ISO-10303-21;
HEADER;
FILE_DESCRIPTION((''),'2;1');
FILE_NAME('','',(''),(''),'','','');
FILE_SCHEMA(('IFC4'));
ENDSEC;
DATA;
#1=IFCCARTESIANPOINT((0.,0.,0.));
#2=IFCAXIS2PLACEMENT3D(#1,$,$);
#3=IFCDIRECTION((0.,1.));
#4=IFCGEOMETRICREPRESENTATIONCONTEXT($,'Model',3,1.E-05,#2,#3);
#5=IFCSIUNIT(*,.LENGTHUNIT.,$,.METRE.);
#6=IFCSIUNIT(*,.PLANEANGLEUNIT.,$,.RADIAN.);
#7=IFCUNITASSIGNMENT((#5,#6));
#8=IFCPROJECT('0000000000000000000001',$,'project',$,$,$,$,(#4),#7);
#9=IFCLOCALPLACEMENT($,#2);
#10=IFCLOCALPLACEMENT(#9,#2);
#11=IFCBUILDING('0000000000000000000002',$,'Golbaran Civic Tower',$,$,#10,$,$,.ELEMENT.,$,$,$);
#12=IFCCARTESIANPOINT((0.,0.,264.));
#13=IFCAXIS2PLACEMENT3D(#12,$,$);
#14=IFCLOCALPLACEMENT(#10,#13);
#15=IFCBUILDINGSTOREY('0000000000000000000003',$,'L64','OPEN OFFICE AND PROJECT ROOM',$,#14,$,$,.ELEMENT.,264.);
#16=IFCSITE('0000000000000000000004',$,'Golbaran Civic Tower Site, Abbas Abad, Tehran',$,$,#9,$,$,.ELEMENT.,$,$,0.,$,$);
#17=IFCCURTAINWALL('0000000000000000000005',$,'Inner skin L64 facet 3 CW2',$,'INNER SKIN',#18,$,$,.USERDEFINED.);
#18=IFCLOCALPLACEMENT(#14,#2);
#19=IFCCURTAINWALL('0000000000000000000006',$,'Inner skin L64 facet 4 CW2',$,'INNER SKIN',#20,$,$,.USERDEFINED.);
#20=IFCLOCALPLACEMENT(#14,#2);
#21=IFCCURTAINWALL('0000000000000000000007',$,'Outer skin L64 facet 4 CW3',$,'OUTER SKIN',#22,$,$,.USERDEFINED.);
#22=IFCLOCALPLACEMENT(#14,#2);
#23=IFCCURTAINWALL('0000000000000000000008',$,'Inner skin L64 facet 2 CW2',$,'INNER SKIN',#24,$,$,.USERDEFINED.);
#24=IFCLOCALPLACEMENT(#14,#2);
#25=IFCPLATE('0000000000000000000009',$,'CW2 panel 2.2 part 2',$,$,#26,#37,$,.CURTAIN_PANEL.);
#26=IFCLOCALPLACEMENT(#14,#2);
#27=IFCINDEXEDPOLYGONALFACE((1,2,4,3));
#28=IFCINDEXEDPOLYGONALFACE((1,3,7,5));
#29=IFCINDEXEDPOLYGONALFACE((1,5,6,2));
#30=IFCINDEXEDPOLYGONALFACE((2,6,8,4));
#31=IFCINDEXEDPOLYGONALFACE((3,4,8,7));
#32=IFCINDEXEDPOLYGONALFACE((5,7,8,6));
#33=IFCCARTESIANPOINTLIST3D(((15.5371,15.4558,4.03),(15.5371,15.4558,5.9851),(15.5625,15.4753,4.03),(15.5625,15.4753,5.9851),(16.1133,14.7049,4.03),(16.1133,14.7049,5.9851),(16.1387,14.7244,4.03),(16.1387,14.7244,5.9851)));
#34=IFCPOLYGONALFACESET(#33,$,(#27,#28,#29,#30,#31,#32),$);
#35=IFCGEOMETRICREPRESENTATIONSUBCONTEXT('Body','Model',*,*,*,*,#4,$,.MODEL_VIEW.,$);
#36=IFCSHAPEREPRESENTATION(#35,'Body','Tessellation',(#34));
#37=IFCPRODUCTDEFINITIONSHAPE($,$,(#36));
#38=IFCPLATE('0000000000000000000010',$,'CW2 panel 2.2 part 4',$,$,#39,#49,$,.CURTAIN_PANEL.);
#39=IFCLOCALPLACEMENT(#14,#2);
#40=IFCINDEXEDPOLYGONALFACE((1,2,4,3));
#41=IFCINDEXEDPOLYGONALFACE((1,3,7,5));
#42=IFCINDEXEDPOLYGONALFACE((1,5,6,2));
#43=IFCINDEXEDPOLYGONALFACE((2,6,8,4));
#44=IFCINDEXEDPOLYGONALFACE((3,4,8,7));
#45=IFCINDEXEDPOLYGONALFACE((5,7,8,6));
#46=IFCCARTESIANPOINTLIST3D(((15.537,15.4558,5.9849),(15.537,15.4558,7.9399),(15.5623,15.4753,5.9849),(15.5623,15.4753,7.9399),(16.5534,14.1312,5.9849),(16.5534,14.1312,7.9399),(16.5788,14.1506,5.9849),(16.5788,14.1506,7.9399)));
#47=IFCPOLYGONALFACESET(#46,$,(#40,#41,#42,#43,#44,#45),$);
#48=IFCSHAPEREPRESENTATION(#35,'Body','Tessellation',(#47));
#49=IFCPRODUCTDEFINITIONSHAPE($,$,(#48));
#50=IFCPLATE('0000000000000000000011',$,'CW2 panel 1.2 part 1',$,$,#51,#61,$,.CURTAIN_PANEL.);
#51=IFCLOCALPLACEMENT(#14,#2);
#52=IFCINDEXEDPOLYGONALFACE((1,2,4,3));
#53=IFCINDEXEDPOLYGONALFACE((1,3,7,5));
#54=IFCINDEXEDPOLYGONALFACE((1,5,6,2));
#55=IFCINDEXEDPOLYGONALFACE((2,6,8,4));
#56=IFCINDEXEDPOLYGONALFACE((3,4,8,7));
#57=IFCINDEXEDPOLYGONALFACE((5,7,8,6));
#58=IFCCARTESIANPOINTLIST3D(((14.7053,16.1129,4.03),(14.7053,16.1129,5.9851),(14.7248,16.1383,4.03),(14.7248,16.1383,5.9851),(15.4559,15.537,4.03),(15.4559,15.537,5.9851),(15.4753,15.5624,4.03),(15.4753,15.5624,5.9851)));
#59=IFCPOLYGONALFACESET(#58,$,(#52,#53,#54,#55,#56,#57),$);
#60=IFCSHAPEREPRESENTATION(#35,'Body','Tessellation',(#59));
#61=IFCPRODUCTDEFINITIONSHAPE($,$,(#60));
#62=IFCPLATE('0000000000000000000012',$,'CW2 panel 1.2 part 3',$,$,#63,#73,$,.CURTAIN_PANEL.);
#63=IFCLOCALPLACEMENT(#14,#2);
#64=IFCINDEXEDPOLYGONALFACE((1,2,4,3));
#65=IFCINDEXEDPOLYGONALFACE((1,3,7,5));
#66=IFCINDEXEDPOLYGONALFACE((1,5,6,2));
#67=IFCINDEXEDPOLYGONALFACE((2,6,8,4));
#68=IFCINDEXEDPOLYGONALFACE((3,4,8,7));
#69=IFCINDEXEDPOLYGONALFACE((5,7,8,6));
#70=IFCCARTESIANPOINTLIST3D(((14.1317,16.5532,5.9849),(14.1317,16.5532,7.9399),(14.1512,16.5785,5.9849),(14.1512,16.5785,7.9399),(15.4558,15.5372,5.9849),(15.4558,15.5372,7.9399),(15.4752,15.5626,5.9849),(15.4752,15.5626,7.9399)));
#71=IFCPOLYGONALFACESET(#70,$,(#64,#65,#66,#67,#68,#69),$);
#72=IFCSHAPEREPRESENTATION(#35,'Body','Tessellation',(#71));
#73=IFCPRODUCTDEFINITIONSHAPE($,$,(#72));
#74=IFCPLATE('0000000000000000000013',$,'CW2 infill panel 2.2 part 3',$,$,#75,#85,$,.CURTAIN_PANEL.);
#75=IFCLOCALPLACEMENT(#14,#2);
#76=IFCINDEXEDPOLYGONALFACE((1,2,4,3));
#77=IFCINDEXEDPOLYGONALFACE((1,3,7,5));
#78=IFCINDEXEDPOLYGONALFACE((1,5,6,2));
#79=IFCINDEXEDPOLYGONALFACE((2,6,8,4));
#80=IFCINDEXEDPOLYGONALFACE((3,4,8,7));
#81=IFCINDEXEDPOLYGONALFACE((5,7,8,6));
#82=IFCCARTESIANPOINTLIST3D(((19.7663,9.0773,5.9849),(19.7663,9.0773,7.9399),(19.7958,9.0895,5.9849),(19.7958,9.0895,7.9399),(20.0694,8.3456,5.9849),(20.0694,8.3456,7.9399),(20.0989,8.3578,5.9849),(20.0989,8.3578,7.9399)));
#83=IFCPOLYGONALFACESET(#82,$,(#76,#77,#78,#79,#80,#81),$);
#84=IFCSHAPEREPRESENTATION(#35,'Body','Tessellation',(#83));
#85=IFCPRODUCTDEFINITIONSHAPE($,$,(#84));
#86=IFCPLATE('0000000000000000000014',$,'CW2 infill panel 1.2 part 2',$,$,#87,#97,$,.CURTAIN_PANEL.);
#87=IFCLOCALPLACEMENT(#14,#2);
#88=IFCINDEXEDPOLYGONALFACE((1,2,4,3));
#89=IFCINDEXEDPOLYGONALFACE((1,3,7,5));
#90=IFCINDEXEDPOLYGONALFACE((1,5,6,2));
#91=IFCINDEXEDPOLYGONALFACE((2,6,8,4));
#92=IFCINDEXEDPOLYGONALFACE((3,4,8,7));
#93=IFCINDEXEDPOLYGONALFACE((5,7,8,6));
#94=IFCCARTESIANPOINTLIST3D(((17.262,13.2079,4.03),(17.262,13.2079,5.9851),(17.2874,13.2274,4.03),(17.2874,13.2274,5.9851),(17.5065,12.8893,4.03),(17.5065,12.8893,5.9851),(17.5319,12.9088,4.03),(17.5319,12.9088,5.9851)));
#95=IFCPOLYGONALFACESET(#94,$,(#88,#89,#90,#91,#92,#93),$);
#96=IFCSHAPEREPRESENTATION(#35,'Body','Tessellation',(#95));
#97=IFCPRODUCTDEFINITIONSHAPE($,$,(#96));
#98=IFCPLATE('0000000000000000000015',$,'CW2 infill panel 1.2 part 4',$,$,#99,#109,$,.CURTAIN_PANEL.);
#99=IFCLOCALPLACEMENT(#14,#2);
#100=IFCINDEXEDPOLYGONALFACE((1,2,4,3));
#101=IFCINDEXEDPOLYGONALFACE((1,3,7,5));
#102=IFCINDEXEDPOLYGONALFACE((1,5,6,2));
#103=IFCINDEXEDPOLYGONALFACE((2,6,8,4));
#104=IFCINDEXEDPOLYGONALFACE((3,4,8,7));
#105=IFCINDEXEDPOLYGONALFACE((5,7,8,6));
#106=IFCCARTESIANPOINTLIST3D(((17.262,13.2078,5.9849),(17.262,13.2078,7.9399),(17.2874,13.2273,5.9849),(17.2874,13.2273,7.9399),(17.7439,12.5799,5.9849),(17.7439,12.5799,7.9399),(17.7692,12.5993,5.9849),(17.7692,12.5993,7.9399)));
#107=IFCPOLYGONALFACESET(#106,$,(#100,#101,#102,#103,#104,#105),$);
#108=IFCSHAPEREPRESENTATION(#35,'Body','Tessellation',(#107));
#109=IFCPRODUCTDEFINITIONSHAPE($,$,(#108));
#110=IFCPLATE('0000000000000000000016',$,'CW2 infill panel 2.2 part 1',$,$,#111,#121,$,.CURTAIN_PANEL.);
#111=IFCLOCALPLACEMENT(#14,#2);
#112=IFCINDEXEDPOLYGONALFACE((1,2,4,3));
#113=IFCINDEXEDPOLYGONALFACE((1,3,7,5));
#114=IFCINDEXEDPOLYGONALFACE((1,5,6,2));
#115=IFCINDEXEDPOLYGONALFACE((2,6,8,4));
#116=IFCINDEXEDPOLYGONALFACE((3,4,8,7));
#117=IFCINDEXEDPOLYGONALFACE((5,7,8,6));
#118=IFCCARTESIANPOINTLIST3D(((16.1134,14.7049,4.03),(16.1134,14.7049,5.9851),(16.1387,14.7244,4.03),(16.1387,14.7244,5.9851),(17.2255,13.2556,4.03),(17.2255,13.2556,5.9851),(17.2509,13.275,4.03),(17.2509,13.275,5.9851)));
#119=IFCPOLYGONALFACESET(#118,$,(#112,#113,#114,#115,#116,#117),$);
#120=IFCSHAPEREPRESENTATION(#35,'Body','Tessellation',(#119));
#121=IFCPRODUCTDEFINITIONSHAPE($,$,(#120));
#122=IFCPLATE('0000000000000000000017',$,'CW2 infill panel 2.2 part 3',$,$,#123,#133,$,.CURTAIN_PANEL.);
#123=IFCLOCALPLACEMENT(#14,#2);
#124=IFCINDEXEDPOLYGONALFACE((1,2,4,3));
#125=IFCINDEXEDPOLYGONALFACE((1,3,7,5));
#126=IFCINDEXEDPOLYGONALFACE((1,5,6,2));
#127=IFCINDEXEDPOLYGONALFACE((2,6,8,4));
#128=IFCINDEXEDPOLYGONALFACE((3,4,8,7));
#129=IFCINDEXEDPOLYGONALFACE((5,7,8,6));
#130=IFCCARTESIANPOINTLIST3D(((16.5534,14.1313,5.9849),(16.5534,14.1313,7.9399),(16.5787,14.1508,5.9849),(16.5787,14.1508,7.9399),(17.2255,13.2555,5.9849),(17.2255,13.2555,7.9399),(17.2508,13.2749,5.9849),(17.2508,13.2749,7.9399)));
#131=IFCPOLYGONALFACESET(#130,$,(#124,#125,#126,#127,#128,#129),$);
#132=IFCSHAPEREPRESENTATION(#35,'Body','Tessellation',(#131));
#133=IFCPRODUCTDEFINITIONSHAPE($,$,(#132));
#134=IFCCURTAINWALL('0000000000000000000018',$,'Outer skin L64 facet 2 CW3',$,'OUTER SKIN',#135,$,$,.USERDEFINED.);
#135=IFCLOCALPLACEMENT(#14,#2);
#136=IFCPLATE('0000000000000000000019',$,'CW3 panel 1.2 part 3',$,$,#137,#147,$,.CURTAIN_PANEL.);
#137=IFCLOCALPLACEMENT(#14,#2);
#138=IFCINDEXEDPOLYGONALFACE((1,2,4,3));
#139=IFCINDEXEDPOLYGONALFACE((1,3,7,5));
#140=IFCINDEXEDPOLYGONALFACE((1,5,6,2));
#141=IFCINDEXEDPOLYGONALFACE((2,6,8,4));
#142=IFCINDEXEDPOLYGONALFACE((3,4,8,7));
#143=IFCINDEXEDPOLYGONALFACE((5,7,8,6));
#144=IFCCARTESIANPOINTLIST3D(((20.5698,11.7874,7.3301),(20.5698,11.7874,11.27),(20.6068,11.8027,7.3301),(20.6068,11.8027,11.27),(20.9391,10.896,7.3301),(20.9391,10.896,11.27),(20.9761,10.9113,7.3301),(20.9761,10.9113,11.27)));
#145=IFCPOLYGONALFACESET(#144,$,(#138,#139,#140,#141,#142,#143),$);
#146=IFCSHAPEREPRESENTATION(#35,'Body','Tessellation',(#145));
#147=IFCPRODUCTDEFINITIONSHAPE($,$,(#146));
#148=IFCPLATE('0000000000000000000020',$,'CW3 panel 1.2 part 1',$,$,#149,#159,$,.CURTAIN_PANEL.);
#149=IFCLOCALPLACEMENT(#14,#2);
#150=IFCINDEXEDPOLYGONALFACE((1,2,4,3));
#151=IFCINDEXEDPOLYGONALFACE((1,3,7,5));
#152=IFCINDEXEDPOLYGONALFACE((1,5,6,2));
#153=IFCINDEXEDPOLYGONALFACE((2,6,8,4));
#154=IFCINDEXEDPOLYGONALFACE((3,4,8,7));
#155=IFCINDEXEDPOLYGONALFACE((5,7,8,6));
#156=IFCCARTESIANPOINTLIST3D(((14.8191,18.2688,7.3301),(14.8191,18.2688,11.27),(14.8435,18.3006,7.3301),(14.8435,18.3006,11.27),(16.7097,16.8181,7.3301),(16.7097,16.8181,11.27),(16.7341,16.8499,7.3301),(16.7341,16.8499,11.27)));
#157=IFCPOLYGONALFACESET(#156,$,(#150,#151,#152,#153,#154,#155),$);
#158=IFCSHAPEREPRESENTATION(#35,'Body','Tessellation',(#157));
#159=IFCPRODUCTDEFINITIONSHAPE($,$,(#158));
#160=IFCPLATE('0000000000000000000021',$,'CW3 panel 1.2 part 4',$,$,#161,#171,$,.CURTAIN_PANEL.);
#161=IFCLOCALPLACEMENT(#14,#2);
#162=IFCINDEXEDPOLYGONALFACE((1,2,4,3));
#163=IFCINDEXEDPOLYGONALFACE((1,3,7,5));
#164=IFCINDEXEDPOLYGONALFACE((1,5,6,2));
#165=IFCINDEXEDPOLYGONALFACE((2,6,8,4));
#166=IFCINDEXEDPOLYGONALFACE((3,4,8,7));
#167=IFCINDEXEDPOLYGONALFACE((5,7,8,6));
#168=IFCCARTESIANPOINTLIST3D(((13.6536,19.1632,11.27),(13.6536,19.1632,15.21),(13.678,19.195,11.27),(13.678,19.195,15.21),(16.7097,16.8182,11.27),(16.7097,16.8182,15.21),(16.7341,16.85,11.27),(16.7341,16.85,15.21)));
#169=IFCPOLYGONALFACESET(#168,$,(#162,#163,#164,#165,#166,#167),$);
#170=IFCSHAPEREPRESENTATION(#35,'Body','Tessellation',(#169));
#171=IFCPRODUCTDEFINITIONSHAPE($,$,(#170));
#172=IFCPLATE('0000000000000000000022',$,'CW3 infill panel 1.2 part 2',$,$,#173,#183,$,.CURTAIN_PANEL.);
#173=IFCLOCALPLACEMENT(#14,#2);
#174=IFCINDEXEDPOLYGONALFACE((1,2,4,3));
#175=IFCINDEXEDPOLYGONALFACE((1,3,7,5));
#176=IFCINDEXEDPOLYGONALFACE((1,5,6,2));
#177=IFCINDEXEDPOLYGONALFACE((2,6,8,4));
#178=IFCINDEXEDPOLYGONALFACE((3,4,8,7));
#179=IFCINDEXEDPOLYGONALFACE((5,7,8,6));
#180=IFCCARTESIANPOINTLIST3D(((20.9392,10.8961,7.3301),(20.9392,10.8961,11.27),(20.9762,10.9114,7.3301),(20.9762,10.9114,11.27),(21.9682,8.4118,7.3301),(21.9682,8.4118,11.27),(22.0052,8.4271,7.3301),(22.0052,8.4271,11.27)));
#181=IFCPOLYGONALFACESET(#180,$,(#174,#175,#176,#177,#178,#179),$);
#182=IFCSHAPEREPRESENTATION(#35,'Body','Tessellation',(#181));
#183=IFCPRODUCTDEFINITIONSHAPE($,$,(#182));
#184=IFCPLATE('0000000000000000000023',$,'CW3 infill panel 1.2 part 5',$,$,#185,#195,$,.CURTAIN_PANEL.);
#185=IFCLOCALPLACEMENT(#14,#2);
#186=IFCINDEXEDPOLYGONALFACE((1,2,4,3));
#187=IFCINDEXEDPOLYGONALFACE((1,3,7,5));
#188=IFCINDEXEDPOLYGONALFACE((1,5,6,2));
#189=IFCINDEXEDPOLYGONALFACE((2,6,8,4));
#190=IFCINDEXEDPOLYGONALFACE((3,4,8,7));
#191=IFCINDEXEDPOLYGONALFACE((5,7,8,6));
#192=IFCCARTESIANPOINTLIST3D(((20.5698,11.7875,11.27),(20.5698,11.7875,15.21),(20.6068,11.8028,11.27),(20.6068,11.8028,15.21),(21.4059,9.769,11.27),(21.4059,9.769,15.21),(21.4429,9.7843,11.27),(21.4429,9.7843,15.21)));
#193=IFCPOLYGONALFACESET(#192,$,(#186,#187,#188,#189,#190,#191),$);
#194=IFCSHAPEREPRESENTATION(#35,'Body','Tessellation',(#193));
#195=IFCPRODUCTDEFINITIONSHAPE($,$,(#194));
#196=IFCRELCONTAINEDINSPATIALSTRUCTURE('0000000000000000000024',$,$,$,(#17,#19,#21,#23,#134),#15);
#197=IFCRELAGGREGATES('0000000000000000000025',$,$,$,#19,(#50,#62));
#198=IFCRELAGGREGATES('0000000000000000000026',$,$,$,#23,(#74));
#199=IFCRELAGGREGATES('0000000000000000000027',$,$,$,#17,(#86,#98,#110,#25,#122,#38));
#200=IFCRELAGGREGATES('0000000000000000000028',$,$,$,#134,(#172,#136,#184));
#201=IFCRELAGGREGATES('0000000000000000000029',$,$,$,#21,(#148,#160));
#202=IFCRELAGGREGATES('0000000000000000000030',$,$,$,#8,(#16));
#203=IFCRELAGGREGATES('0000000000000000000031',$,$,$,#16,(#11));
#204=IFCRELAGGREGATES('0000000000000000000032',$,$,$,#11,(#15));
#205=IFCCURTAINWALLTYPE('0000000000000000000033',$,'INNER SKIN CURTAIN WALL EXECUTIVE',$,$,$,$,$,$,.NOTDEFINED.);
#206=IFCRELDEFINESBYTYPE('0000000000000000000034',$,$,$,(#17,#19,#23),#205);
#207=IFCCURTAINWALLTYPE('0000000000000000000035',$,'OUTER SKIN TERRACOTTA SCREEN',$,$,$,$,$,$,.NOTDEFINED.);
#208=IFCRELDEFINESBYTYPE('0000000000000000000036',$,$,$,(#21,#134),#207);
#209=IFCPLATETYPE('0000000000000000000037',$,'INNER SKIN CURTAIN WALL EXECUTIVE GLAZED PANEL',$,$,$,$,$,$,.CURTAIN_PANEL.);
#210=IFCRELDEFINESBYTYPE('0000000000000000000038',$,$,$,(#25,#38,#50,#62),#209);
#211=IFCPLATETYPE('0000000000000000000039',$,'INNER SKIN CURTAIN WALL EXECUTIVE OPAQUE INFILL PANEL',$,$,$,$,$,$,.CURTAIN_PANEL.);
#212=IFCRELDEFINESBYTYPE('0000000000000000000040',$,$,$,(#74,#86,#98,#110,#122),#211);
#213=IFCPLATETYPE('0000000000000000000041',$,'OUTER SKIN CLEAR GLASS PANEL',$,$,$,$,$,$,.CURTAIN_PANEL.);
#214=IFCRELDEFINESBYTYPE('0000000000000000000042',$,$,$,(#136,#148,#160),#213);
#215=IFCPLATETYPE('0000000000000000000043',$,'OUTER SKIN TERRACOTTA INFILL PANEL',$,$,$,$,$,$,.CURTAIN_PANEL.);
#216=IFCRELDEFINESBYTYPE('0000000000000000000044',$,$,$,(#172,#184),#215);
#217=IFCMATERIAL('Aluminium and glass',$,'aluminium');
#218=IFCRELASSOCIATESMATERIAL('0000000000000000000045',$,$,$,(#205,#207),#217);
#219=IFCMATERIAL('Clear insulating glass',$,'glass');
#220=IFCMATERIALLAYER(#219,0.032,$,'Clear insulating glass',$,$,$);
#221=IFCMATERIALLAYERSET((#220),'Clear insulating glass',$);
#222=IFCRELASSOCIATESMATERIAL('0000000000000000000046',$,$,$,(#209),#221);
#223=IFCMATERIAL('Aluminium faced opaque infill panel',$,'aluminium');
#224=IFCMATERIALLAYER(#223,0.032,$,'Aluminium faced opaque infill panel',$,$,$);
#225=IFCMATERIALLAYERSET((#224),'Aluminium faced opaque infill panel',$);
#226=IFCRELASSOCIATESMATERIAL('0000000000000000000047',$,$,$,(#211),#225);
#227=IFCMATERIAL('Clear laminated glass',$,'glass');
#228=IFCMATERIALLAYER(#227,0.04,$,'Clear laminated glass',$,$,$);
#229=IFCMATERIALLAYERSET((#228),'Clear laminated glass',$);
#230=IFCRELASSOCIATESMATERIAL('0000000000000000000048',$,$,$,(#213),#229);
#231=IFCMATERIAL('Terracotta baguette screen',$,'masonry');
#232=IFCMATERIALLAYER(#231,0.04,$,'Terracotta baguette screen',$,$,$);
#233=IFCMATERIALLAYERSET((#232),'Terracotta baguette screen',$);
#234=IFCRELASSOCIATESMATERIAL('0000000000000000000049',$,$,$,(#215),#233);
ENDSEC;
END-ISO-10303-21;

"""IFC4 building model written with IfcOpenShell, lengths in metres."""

from ifc_helpers import new_model, si_unit, direction, frame, origin, origin_2d, place, context, subcontext, project, spatial, rectangle, extrude, material, layer, layer_set, type_object, element, aggregate, save


model = new_model("IFC4")

# Units and contexts
model_context = context("Model", 3, precision=1e-05, world=origin(), true_north=direction((0.0, 1.0)))
body_context = subcontext(model_context, "Body", "Model", "MODEL_VIEW")
ifc_project = project(units=[si_unit("LENGTHUNIT", "METRE"), si_unit("PLANEANGLEUNIT", "RADIAN")], contexts=[model_context])

# Site, building, storey
site_placement = place(None, origin())
site = spatial("IfcSite", under=ifc_project, at=site_placement, Name="Golbaran Civic Tower Site, Abbas Abad, Tehran", CompositionType="ELEMENT", RefElevation=0.0)
building_placement = place(site_placement, origin())
building = spatial("IfcBuilding", under=site, at=building_placement, Name="Golbaran Civic Tower", CompositionType="ELEMENT")
storey_placement = place(building_placement, frame((0.0, 0.0, 264.0)))
storey = spatial("IfcBuildingStorey", under=building, at=storey_placement, Name="L64", Description="OPEN OFFICE AND PROJECT ROOM", CompositionType="ELEMENT", Elevation=264.0)

# Curtain walls
ifc_material_1 = material(Name="Aluminium and glass", Category="aluminium")
curtain_wall_type_1 = type_object("IfcCurtainWallType", Name="INNER SKIN CURTAIN WALL EXECUTIVE", PredefinedType="NOTDEFINED", material=ifc_material_1)
curtain_wall_1_placement = place(storey_placement, origin())
curtain_wall_1 = element("IfcCurtainWall", 1, at=curtain_wall_1_placement, inside=storey, type_object=curtain_wall_type_1, Name="Inner skin L64 facet 3 CW2", ObjectType="INNER SKIN", PredefinedType="USERDEFINED")
curtain_wall_2_placement = place(storey_placement, origin())
curtain_wall_2 = element("IfcCurtainWall", 2, at=curtain_wall_2_placement, inside=storey, type_object=curtain_wall_type_1, Name="Inner skin L64 facet 4 CW2", ObjectType="INNER SKIN", PredefinedType="USERDEFINED")
curtain_wall_type_2 = type_object("IfcCurtainWallType", Name="OUTER SKIN TERRACOTTA SCREEN", PredefinedType="NOTDEFINED", material=ifc_material_1)
curtain_wall_3_placement = place(storey_placement, origin())
curtain_wall_3 = element("IfcCurtainWall", 3, at=curtain_wall_3_placement, inside=storey, type_object=curtain_wall_type_2, Name="Outer skin L64 facet 4 CW3", ObjectType="OUTER SKIN", PredefinedType="USERDEFINED")

# Curtain wall
curtain_wall_4_placement = place(storey_placement, origin())
curtain_wall_4 = element("IfcCurtainWall", 4, at=curtain_wall_4_placement, inside=storey, type_object=curtain_wall_type_1, Name="Inner skin L64 facet 2 CW2", ObjectType="INNER SKIN", PredefinedType="USERDEFINED")
ifc_material_2 = material(Name="Clear insulating glass", Category="glass")
ifc_layer_1 = layer(ifc_material_2, 0.032, Name="Clear insulating glass")
ifc_layer_set_1 = layer_set([ifc_layer_1], Name="Clear insulating glass")
plate_type_1 = type_object("IfcPlateType", Name="INNER SKIN CURTAIN WALL EXECUTIVE GLAZED PANEL", PredefinedType="CURTAIN_PANEL", material=ifc_layer_set_1)

# Plates
plate_1_placement = place(storey_placement, frame((15.8379, 15.0901, 4.03), z_axis=(0.0, 0.0, 1.0), x_axis=(-0.608761, 0.793353, 0.0)))
plate_1 = element("IfcPlate", 5, at=plate_1_placement, type_object=plate_type_1, Name="CW2 panel 2.2 part 2", PredefinedType="CURTAIN_PANEL", context=body_context, shape_type="SweptSolid", body=[
    extrude(rectangle(XDim=0.9465, YDim=0.032, at=origin_2d()), origin(), (0.0, 0.0, 1.0), 1.9551),
])
plate_2_placement = place(storey_placement, frame((16.0579, 14.8032, 5.9849), z_axis=(0.0, 0.0, 1.0), x_axis=(-0.608761, 0.793353, 0.0)))
plate_2 = element("IfcPlate", 6, at=plate_2_placement, type_object=plate_type_1, Name="CW2 panel 2.2 part 4", PredefinedType="CURTAIN_PANEL", context=body_context, shape_type="SweptSolid", body=[
    extrude(rectangle(XDim=1.6697, YDim=0.032, at=origin_2d()), origin(), (0.0, 0.0, 1.0), 1.9551),
])
plate_3_placement = place(storey_placement, frame((15.0903, 15.8376, 4.03), z_axis=(0.0, 0.0, 1.0), x_axis=(-0.793353, 0.608761, 0.0)))
plate_3 = element("IfcPlate", 7, at=plate_3_placement, type_object=plate_type_1, Name="CW2 panel 1.2 part 1", PredefinedType="CURTAIN_PANEL", context=body_context, shape_type="SweptSolid", body=[
    extrude(rectangle(XDim=0.946, YDim=0.032, at=origin_2d()), origin(), (0.0, 0.0, 1.0), 1.9551),
])
plate_4_placement = place(storey_placement, frame((14.8035, 16.0579, 5.9849), z_axis=(0.0, 0.0, 1.0), x_axis=(-0.793353, 0.608761, 0.0)))
plate_4 = element("IfcPlate", 8, at=plate_4_placement, type_object=plate_type_1, Name="CW2 panel 1.2 part 3", PredefinedType="CURTAIN_PANEL", context=body_context, shape_type="SweptSolid", body=[
    extrude(rectangle(XDim=1.6689, YDim=0.032, at=origin_2d()), origin(), (0.0, 0.0, 1.0), 1.9551),
])
aggregate(curtain_wall_2, [plate_3, plate_4])
ifc_material_3 = material(Name="Aluminium faced opaque infill panel", Category="aluminium")
ifc_layer_2 = layer(ifc_material_3, 0.032, Name="Aluminium faced opaque infill panel")
ifc_layer_set_2 = layer_set([ifc_layer_2], Name="Aluminium faced opaque infill panel")
plate_type_2 = type_object("IfcPlateType", Name="INNER SKIN CURTAIN WALL EXECUTIVE OPAQUE INFILL PANEL", PredefinedType="CURTAIN_PANEL", material=ifc_layer_set_2)
plate_5_placement = place(storey_placement, frame((19.9326, 8.7175, 5.9849), z_axis=(0.0, 0.0, 1.0), x_axis=(-0.382683, 0.92388, 0.0)))
plate_5 = element("IfcPlate", 9, at=plate_5_placement, type_object=plate_type_2, Name="CW2 infill panel 2.2 part 3", PredefinedType="CURTAIN_PANEL", context=body_context, shape_type="SweptSolid", body=[
    extrude(rectangle(XDim=0.792, YDim=0.032, at=origin_2d()), origin(), (0.0, 0.0, 1.0), 1.9551),
])
aggregate(curtain_wall_4, [plate_5])
plate_6_placement = place(storey_placement, frame((17.397, 13.0583, 4.03), z_axis=(0.0, 0.0, 1.0), x_axis=(-0.608761, 0.793353, 0.0)))
plate_6 = element("IfcPlate", 10, at=plate_6_placement, type_object=plate_type_2, Name="CW2 infill panel 1.2 part 2", PredefinedType="CURTAIN_PANEL", context=body_context, shape_type="SweptSolid", body=[
    extrude(rectangle(XDim=0.4016, YDim=0.032, at=origin_2d()), origin(), (0.0, 0.0, 1.0), 1.9551),
])
plate_7_placement = place(storey_placement, frame((17.5156, 12.9036, 5.9849), z_axis=(0.0, 0.0, 1.0), x_axis=(-0.608761, 0.793353, 0.0)))
plate_7 = element("IfcPlate", 11, at=plate_7_placement, type_object=plate_type_2, Name="CW2 infill panel 1.2 part 4", PredefinedType="CURTAIN_PANEL", context=body_context, shape_type="SweptSolid", body=[
    extrude(rectangle(XDim=0.7915, YDim=0.032, at=origin_2d()), origin(), (0.0, 0.0, 1.0), 1.9551),
])
plate_8_placement = place(storey_placement, frame((16.6821, 13.99, 4.03), z_axis=(0.0, 0.0, 1.0), x_axis=(-0.608761, 0.793353, 0.0)))
plate_8 = element("IfcPlate", 12, at=plate_8_placement, type_object=plate_type_2, Name="CW2 infill panel 2.2 part 1", PredefinedType="CURTAIN_PANEL", context=body_context, shape_type="SweptSolid", body=[
    extrude(rectangle(XDim=1.8269, YDim=0.032, at=origin_2d()), origin(), (0.0, 0.0, 1.0), 1.9551),
])
plate_9_placement = place(storey_placement, frame((16.9021, 13.7031, 5.9849), z_axis=(0.0, 0.0, 1.0), x_axis=(-0.608761, 0.793353, 0.0)))
plate_9 = element("IfcPlate", 13, at=plate_9_placement, type_object=plate_type_2, Name="CW2 infill panel 2.2 part 3", PredefinedType="CURTAIN_PANEL", context=body_context, shape_type="SweptSolid", body=[
    extrude(rectangle(XDim=1.104, YDim=0.032, at=origin_2d()), origin(), (0.0, 0.0, 1.0), 1.9551),
])
aggregate(curtain_wall_1, [plate_6, plate_7, plate_8, plate_1, plate_9, plate_2])

# Curtain wall, plate
curtain_wall_5_placement = place(storey_placement, origin())
curtain_wall_5 = element("IfcCurtainWall", 14, at=curtain_wall_5_placement, inside=storey, type_object=curtain_wall_type_2, Name="Outer skin L64 facet 2 CW3", ObjectType="OUTER SKIN", PredefinedType="USERDEFINED")
ifc_material_4 = material(Name="Clear laminated glass", Category="glass")
ifc_layer_3 = layer(ifc_material_4, 0.04, Name="Clear laminated glass")
ifc_layer_set_3 = layer_set([ifc_layer_3], Name="Clear laminated glass")
plate_type_3 = type_object("IfcPlateType", Name="OUTER SKIN CLEAR GLASS PANEL", PredefinedType="CURTAIN_PANEL", material=ifc_layer_set_3)
plate_10_placement = place(storey_placement, frame((20.7729, 11.3494, 7.3301), z_axis=(0.0, 0.0, 1.0), x_axis=(-0.382683, 0.92388, 0.0)))
plate_10 = element("IfcPlate", 15, at=plate_10_placement, type_object=plate_type_3, Name="CW3 panel 1.2 part 3", PredefinedType="CURTAIN_PANEL", context=body_context, shape_type="SweptSolid", body=[
    extrude(rectangle(XDim=0.9648, YDim=0.04, at=origin_2d()), origin(), (0.0, 0.0, 1.0), 3.9399),
])

# Plates
plate_11_placement = place(storey_placement, frame((15.7766, 17.5593, 7.3301), z_axis=(0.0, 0.0, 1.0), x_axis=(-0.793353, 0.608761, 0.0)))
plate_11 = element("IfcPlate", 16, at=plate_11_placement, type_object=plate_type_3, Name="CW3 panel 1.2 part 1", PredefinedType="CURTAIN_PANEL", context=body_context, shape_type="SweptSolid", body=[
    extrude(rectangle(XDim=2.3831, YDim=0.04, at=origin_2d()), origin(), (0.0, 0.0, 1.0), 3.9399),
])
plate_12_placement = place(storey_placement, frame((15.1938, 18.0066, 11.27), z_axis=(0.0, 0.0, 1.0), x_axis=(-0.793353, 0.608761, 0.0)))
plate_12 = element("IfcPlate", 17, at=plate_12_placement, type_object=plate_type_3, Name="CW3 panel 1.2 part 4", PredefinedType="CURTAIN_PANEL", context=body_context, shape_type="SweptSolid", body=[
    extrude(rectangle(XDim=3.8521, YDim=0.04, at=origin_2d()), origin(), (0.0, 0.0, 1.0), 3.9399),
])
ifc_material_5 = material(Name="Terracotta baguette screen", Category="masonry")
ifc_layer_4 = layer(ifc_material_5, 0.04, Name="Terracotta baguette screen")
ifc_layer_set_4 = layer_set([ifc_layer_4], Name="Terracotta baguette screen")
plate_type_4 = type_object("IfcPlateType", Name="OUTER SKIN TERRACOTTA INFILL PANEL", PredefinedType="CURTAIN_PANEL", material=ifc_layer_set_4)
plate_13_placement = place(storey_placement, frame((21.4722, 9.6616, 7.3301), z_axis=(0.0, 0.0, 1.0), x_axis=(-0.382683, 0.92388, 0.0)))
plate_13 = element("IfcPlate", 18, at=plate_13_placement, type_object=plate_type_4, Name="CW3 infill panel 1.2 part 2", PredefinedType="CURTAIN_PANEL", context=body_context, shape_type="SweptSolid", body=[
    extrude(rectangle(XDim=2.689, YDim=0.04, at=origin_2d()), origin(), (0.0, 0.0, 1.0), 3.9399),
])
plate_14_placement = place(storey_placement, frame((21.0063, 10.7859, 11.27), z_axis=(0.0, 0.0, 1.0), x_axis=(-0.382683, 0.92388, 0.0)))
plate_14 = element("IfcPlate", 19, at=plate_14_placement, type_object=plate_type_4, Name="CW3 infill panel 1.2 part 5", PredefinedType="CURTAIN_PANEL", context=body_context, shape_type="SweptSolid", body=[
    extrude(rectangle(XDim=2.1848, YDim=0.04, at=origin_2d()), origin(), (0.0, 0.0, 1.0), 3.9399),
])
aggregate(curtain_wall_5, [plate_13, plate_10, plate_14])
aggregate(curtain_wall_3, [plate_11, plate_12])

save(model, "model.ifc")
